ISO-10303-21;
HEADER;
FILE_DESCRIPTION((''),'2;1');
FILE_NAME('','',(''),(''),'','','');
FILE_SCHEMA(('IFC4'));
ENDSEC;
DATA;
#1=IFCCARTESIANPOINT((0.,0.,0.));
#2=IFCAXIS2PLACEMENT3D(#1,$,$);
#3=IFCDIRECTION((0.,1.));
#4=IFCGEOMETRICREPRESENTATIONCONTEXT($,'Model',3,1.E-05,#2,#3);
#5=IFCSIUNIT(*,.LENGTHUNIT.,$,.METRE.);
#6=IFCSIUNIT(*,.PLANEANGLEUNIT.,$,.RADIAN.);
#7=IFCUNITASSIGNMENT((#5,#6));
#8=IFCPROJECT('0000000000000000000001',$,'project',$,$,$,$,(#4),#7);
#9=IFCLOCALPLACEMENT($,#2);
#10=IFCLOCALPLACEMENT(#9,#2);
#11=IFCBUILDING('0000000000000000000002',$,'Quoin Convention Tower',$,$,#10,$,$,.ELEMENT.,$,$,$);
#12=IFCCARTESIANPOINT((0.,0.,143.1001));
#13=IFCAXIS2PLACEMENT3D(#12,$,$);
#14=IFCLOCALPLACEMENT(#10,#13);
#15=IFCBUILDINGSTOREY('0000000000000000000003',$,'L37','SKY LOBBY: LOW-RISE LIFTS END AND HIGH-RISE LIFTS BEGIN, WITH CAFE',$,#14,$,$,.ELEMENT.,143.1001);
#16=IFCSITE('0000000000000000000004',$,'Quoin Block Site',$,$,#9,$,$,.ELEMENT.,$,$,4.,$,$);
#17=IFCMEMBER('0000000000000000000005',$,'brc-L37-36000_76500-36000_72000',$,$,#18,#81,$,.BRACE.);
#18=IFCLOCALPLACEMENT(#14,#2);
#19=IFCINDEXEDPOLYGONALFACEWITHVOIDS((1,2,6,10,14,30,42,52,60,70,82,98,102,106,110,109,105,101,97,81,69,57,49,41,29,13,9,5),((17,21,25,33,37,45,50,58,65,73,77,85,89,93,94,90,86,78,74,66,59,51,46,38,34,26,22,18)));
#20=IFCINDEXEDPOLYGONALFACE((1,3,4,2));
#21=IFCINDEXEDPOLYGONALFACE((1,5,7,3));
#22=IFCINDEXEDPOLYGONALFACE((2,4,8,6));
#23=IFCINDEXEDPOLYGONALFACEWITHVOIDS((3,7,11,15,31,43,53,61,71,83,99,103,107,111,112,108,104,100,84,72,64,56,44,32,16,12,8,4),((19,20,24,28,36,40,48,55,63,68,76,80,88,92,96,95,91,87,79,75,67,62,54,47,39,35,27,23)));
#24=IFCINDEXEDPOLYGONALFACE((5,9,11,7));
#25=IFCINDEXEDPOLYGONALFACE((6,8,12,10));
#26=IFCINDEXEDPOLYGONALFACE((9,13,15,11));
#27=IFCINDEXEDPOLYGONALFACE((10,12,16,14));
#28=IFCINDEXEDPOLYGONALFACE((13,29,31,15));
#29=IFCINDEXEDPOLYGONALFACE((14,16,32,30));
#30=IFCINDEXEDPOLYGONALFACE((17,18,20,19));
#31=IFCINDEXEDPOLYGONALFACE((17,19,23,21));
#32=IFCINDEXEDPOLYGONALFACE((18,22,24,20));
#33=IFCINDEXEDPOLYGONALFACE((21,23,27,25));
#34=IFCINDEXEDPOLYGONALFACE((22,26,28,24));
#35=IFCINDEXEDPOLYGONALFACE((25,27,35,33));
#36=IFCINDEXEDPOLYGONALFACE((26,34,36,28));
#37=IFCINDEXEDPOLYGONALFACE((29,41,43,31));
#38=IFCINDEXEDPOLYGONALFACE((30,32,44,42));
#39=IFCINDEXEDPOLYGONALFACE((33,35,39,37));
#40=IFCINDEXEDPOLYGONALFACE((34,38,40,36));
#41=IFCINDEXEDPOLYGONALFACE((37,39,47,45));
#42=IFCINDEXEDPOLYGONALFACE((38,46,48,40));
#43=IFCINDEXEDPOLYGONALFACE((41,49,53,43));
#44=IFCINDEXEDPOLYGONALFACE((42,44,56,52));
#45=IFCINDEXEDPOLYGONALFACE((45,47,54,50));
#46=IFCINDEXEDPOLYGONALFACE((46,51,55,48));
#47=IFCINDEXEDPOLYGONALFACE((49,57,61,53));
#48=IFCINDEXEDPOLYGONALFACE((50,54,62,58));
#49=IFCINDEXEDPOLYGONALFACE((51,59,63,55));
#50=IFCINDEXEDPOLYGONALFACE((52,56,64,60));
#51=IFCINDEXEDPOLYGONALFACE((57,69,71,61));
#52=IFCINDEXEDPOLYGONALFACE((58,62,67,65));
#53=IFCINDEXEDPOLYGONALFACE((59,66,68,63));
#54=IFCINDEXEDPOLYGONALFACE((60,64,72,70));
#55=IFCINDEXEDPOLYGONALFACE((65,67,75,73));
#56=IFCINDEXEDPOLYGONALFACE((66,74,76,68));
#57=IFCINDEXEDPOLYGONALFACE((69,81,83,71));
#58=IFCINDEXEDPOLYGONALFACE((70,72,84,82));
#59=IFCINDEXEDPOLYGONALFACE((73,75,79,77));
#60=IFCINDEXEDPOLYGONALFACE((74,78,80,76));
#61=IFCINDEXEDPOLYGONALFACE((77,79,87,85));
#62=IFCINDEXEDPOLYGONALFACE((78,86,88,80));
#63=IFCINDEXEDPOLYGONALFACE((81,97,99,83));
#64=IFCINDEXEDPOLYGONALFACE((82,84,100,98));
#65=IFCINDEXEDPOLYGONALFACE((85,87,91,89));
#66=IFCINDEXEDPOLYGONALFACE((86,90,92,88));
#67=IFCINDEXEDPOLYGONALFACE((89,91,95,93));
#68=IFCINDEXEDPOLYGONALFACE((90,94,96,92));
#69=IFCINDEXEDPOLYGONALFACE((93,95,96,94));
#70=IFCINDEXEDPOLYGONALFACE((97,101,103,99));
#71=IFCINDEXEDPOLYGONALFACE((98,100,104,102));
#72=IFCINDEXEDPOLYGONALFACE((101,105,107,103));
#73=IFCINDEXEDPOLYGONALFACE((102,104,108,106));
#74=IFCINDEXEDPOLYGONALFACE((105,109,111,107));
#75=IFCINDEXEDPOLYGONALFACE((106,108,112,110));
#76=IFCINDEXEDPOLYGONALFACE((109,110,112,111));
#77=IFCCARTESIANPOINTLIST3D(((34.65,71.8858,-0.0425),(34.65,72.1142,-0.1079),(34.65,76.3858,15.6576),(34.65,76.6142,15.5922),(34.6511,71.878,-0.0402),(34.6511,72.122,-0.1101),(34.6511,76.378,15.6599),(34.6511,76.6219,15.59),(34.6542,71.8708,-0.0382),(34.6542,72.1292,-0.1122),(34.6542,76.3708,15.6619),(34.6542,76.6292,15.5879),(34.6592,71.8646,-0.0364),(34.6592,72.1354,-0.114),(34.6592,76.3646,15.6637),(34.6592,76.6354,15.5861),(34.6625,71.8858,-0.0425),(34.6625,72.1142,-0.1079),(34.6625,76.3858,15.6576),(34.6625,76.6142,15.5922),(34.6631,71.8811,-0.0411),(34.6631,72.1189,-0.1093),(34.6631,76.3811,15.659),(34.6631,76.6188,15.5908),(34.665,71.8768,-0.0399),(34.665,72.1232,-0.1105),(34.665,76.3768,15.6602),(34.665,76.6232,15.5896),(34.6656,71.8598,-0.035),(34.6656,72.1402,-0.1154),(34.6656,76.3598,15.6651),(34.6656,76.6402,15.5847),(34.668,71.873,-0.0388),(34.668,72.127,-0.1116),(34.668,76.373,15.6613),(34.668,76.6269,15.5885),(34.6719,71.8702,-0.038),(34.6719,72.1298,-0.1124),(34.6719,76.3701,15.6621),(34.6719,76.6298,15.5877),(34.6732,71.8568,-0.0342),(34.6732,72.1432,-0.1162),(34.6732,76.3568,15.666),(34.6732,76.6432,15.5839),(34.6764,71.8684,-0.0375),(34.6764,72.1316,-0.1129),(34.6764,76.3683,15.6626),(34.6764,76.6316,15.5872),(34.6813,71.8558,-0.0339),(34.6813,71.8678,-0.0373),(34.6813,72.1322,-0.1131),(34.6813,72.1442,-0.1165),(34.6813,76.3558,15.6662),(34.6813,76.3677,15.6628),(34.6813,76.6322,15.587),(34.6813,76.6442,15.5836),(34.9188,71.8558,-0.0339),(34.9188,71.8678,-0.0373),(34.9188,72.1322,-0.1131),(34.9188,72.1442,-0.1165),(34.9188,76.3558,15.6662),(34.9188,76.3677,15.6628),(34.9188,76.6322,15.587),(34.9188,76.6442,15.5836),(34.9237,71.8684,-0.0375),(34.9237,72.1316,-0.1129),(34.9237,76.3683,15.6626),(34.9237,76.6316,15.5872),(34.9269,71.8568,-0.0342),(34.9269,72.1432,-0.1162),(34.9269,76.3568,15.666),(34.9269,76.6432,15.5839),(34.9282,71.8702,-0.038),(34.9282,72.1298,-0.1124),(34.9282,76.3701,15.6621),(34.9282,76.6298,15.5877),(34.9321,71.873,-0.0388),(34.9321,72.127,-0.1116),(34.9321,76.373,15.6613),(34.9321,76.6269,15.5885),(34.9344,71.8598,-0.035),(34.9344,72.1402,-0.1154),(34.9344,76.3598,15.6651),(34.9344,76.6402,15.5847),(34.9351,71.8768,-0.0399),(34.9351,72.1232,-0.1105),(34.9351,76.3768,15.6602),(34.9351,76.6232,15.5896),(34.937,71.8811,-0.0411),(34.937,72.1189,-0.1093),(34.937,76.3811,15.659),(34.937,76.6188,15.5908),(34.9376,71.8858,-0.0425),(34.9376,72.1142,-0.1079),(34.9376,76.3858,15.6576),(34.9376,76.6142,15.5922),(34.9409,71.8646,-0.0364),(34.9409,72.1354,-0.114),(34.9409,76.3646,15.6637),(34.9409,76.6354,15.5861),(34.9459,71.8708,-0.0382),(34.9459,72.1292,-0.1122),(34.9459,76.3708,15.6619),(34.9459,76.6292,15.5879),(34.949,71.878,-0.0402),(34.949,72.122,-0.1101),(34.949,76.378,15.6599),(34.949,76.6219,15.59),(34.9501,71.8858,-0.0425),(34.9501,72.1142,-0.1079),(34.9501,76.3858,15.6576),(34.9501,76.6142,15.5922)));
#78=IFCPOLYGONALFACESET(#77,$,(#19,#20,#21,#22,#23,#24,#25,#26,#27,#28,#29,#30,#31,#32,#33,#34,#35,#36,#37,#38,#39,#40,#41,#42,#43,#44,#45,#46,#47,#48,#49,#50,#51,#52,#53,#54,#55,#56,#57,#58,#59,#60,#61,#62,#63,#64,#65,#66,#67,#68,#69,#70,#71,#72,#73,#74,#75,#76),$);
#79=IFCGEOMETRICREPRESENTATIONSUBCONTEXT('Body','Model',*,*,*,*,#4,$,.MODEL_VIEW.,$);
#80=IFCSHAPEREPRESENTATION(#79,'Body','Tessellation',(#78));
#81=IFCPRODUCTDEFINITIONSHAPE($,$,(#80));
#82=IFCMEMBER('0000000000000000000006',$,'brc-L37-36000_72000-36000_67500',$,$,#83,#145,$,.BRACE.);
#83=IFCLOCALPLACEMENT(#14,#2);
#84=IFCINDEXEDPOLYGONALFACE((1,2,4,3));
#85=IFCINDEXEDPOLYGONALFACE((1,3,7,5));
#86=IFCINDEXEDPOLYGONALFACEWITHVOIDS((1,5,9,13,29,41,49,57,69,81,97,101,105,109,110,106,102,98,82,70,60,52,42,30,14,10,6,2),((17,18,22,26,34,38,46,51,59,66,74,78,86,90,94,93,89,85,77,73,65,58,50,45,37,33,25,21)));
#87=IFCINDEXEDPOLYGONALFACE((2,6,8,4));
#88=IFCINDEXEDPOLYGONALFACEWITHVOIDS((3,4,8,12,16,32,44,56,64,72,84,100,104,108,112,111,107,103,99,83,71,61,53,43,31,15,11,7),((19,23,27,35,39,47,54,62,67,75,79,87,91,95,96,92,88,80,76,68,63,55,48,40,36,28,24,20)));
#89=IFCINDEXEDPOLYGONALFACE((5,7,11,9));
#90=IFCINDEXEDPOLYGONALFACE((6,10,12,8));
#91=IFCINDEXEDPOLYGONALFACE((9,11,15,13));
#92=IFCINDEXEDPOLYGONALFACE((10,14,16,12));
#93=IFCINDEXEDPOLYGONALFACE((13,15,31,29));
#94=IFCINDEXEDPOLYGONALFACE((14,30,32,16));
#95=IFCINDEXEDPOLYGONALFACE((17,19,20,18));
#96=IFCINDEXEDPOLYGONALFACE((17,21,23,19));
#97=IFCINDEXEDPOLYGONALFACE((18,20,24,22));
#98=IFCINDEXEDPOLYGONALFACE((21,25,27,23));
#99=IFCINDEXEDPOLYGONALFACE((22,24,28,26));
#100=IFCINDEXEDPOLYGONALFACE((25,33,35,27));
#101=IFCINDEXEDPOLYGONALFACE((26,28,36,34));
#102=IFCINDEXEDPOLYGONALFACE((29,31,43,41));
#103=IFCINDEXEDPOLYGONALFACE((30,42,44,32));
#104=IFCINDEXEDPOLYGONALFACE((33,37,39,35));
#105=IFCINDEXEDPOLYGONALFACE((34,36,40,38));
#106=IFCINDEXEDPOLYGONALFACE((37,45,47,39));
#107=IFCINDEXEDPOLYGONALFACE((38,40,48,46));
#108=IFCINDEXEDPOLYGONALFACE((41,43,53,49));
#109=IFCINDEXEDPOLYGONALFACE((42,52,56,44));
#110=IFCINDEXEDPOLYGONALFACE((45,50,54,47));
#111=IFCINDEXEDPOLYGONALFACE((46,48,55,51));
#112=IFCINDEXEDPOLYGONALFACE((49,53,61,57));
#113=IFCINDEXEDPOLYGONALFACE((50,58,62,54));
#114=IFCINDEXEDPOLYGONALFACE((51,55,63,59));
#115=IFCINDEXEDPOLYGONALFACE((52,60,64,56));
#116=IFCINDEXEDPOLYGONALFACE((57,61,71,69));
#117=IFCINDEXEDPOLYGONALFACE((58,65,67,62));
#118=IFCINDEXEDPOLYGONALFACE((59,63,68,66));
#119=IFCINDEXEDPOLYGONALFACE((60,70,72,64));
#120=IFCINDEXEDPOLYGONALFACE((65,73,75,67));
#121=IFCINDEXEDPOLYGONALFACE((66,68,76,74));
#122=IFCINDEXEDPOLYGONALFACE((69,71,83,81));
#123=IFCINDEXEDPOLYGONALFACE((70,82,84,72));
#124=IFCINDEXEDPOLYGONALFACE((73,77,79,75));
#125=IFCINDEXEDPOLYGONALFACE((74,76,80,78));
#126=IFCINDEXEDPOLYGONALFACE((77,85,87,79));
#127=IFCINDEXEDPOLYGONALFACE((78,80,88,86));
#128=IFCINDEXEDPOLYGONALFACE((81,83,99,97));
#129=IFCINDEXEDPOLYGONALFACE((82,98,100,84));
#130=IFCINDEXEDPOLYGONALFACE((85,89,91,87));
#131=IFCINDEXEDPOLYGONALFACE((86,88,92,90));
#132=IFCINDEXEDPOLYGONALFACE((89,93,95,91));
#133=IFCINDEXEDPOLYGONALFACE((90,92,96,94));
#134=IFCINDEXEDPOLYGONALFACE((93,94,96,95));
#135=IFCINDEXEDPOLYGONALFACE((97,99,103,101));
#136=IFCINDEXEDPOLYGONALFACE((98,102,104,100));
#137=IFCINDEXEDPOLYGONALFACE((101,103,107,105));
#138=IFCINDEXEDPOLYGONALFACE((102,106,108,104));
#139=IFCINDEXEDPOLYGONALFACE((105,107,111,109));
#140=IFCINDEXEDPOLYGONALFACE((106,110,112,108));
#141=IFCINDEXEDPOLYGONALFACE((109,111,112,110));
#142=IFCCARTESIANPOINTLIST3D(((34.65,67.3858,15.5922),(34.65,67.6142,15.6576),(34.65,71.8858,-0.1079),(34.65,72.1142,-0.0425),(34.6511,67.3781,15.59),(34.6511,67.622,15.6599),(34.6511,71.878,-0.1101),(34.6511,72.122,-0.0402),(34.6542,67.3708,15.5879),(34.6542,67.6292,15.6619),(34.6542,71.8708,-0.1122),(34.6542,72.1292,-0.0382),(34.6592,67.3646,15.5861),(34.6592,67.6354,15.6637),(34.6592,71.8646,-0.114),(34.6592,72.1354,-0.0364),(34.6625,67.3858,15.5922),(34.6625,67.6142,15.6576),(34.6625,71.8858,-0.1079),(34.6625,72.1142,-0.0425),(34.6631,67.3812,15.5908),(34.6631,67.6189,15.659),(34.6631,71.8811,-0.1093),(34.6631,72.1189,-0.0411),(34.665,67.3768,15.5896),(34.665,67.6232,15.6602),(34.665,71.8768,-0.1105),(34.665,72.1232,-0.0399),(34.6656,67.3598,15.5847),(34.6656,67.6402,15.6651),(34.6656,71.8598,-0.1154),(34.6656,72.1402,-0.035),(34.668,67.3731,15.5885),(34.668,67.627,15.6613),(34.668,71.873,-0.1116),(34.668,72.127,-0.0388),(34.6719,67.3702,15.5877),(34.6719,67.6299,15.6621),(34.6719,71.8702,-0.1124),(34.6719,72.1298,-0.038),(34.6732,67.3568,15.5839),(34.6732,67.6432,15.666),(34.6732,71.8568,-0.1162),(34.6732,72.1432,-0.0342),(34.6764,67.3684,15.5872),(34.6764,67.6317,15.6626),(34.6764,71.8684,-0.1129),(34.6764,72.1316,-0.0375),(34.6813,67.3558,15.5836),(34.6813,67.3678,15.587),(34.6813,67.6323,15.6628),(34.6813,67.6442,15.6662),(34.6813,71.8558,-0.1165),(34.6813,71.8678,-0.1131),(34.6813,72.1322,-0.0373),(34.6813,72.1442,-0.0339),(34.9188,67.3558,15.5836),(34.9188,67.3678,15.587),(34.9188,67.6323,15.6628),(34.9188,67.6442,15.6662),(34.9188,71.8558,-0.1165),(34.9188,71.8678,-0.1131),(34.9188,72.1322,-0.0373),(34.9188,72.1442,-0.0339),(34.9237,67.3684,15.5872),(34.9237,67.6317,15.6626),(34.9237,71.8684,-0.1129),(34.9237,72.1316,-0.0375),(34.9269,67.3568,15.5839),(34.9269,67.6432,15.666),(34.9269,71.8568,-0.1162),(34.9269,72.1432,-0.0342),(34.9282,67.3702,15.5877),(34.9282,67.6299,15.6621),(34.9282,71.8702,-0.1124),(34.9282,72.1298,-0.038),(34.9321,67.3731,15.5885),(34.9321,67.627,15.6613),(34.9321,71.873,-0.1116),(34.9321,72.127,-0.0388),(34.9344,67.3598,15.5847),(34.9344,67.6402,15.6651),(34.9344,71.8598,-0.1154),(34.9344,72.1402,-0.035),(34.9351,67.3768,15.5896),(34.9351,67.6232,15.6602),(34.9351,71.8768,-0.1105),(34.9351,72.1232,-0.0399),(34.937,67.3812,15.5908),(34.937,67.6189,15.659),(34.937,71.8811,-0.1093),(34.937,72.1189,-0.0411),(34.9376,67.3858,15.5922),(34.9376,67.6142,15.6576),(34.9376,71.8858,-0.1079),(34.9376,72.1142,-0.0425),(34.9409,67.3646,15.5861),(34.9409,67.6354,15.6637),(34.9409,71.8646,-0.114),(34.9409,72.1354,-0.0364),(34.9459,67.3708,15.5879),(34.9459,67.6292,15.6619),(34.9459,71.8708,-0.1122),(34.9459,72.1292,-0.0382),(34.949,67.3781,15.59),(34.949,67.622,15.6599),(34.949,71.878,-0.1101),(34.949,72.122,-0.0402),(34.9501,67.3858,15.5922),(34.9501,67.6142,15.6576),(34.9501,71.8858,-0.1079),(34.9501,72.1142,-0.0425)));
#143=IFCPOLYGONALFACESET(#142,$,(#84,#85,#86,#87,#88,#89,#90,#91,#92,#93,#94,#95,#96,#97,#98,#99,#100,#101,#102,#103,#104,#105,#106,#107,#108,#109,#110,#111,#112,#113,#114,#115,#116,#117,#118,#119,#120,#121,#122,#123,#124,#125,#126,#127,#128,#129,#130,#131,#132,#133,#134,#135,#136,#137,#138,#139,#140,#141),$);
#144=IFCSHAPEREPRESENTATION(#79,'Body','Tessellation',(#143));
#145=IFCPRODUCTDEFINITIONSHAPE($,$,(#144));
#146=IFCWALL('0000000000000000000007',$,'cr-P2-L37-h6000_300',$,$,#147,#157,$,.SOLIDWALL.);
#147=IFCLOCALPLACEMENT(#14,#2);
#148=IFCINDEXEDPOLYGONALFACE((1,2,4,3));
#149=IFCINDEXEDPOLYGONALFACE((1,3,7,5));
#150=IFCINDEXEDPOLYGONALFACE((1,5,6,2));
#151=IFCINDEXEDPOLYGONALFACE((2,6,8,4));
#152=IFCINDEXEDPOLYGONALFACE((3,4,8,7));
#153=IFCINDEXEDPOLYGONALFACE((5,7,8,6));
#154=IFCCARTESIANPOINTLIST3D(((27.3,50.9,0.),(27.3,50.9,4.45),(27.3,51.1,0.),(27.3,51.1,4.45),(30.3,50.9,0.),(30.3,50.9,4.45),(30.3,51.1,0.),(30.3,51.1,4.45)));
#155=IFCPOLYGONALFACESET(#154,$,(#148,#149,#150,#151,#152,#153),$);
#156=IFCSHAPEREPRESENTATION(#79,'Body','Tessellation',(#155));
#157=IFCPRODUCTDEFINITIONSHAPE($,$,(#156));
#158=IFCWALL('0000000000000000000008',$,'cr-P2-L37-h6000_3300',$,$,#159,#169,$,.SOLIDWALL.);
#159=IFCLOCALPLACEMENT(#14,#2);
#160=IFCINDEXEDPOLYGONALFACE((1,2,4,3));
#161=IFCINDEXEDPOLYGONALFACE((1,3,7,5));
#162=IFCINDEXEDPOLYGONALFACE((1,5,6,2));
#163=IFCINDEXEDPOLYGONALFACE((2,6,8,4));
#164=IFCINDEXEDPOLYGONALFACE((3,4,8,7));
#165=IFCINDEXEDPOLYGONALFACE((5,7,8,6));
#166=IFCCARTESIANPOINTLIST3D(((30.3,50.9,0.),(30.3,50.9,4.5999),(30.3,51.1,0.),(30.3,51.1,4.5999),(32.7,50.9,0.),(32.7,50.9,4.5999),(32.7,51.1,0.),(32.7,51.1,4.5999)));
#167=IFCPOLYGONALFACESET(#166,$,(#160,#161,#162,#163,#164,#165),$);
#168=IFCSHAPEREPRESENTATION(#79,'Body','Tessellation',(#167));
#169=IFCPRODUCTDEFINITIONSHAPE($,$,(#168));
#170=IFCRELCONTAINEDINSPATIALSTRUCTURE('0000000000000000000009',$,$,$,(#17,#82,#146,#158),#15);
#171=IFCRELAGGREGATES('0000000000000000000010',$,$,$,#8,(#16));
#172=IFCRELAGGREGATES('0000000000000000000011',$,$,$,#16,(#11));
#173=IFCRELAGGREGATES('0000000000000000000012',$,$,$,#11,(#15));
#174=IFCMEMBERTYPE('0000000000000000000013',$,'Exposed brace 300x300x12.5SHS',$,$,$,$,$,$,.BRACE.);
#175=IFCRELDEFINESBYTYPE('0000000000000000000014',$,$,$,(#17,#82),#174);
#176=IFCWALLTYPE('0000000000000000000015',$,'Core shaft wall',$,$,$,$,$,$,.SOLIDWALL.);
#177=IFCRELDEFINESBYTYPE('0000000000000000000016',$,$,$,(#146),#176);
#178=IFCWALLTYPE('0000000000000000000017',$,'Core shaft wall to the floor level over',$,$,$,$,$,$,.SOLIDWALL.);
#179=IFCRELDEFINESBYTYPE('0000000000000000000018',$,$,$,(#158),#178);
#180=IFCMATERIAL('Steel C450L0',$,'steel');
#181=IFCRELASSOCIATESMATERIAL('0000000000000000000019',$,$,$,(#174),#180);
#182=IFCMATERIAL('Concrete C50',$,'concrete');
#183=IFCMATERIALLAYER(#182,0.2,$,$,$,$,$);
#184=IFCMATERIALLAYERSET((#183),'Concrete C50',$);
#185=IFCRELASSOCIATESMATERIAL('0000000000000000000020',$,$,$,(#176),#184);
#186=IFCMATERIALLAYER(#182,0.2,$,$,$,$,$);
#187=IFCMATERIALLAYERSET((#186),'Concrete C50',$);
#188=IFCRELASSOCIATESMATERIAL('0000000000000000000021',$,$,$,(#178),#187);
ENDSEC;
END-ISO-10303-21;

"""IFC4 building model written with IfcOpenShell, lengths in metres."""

from ifc_helpers import new_model, si_unit, direction, frame, frame_2d, origin, origin_2d, place, context, subcontext, project, spatial, rectangle, hollow_rectangle, extrude, material, layer, layer_set, material_profile, profile_set, type_object, element, save


model = new_model("IFC4")

# Units and contexts
model_context = context("Model", 3, precision=1e-05, world=origin(), true_north=direction((0.0, 1.0)))
body_context = subcontext(model_context, "Body", "Model", "MODEL_VIEW")
ifc_project = project(units=[si_unit("LENGTHUNIT", "METRE"), si_unit("PLANEANGLEUNIT", "RADIAN")], contexts=[model_context])

# Site, building, storey
site_placement = place(None, origin())
site = spatial("IfcSite", under=ifc_project, at=site_placement, Name="Quoin Block Site", CompositionType="ELEMENT", RefElevation=4.0)
building_placement = place(site_placement, origin())
building = spatial("IfcBuilding", under=site, at=building_placement, Name="Quoin Convention Tower", CompositionType="ELEMENT")
storey_placement = place(building_placement, frame((0.0, 0.0, 143.1001)))
storey = spatial("IfcBuildingStorey", under=building, at=storey_placement, Name="L37", Description="SKY LOBBY: LOW-RISE LIFTS END AND HIGH-RISE LIFTS BEGIN, WITH CAFE", CompositionType="ELEMENT", Elevation=143.1001)

# Shared definitions
ifc_material_1 = material(Name="Concrete C50", Category="concrete")

# Members
ifc_material_2 = material(Name="Steel C450L0", Category="steel")
ifc_material_profile_1 = material_profile(ifc_material_2, hollow_rectangle(XDim=0.3, YDim=0.3, WallThickness=0.0125, InnerFilletRadius=0.0188, OuterFilletRadius=0.0312, at=origin_2d()), Name="300x300x12.5SHS")
ifc_profile_set_1 = profile_set([ifc_material_profile_1], Name="Steel C450L0")
member_type = type_object("IfcMemberType", Name="Exposed brace 300x300x12.5SHS", PredefinedType="BRACE", material=ifc_profile_set_1)
for number, where, z_axis, x_axis, name in (
    (1, (34.8, 72.0, -0.0752), (0.0, 0.275527, 0.961293), (-1.0, 0.0, 0.0), "brc-L37-36000_76500-36000_72000"),
    (2, (34.8, 72.0, -0.0752), (0.0, -0.275527, 0.961293), (1.0, 0.0, 0.0), "brc-L37-36000_72000-36000_67500"),
):
    element("IfcMember", number, at=place(storey_placement, frame(where, z_axis=z_axis, x_axis=x_axis)), inside=storey, type_object=member_type, Name=name, PredefinedType="BRACE", context=body_context, shape_type="SweptSolid", body=[
        extrude(hollow_rectangle(XDim=0.3, YDim=0.3, WallThickness=0.0125, InnerFilletRadius=0.0188, OuterFilletRadius=0.0312, at=origin_2d()), origin(), (0.0, 0.0, 1.0), 16.3323),
    ])

# Walls
ifc_layer_1 = layer(ifc_material_1, 0.2)
ifc_layer_set_1 = layer_set([ifc_layer_1], Name="Concrete C50")
wall_type_1 = type_object("IfcWallType", Name="Core shaft wall", PredefinedType="SOLIDWALL", material=ifc_layer_set_1)
wall_1_placement = place(storey_placement, frame((27.3, 51.0, 0.0), z_axis=(0.0, 0.0, 1.0), x_axis=(1.0, 0.0, 0.0)))
element("IfcWall", 3, at=wall_1_placement, inside=storey, type_object=wall_type_1, Name="cr-P2-L37-h6000_300", PredefinedType="SOLIDWALL", context=body_context, shape_type="SweptSolid", body=[
    extrude(rectangle(XDim=3.0, YDim=0.2, at=frame_2d((1.5, 0.0))), origin(), (0.0, 0.0, 1.0), 4.45),
])
ifc_layer_2 = layer(ifc_material_1, 0.2)
ifc_layer_set_2 = layer_set([ifc_layer_2], Name="Concrete C50")
wall_type_2 = type_object("IfcWallType", Name="Core shaft wall to the floor level over", PredefinedType="SOLIDWALL", material=ifc_layer_set_2)
wall_2_placement = place(storey_placement, frame((30.3, 51.0, 0.0), z_axis=(0.0, 0.0, 1.0), x_axis=(1.0, 0.0, 0.0)))
element("IfcWall", 4, at=wall_2_placement, inside=storey, type_object=wall_type_2, Name="cr-P2-L37-h6000_3300", PredefinedType="SOLIDWALL", context=body_context, shape_type="SweptSolid", body=[
    extrude(rectangle(XDim=2.3999, YDim=0.2, at=frame_2d((1.2, 0.0))), origin(), (0.0, 0.0, 1.0), 4.5999),
])

save(model, "model.ifc")
